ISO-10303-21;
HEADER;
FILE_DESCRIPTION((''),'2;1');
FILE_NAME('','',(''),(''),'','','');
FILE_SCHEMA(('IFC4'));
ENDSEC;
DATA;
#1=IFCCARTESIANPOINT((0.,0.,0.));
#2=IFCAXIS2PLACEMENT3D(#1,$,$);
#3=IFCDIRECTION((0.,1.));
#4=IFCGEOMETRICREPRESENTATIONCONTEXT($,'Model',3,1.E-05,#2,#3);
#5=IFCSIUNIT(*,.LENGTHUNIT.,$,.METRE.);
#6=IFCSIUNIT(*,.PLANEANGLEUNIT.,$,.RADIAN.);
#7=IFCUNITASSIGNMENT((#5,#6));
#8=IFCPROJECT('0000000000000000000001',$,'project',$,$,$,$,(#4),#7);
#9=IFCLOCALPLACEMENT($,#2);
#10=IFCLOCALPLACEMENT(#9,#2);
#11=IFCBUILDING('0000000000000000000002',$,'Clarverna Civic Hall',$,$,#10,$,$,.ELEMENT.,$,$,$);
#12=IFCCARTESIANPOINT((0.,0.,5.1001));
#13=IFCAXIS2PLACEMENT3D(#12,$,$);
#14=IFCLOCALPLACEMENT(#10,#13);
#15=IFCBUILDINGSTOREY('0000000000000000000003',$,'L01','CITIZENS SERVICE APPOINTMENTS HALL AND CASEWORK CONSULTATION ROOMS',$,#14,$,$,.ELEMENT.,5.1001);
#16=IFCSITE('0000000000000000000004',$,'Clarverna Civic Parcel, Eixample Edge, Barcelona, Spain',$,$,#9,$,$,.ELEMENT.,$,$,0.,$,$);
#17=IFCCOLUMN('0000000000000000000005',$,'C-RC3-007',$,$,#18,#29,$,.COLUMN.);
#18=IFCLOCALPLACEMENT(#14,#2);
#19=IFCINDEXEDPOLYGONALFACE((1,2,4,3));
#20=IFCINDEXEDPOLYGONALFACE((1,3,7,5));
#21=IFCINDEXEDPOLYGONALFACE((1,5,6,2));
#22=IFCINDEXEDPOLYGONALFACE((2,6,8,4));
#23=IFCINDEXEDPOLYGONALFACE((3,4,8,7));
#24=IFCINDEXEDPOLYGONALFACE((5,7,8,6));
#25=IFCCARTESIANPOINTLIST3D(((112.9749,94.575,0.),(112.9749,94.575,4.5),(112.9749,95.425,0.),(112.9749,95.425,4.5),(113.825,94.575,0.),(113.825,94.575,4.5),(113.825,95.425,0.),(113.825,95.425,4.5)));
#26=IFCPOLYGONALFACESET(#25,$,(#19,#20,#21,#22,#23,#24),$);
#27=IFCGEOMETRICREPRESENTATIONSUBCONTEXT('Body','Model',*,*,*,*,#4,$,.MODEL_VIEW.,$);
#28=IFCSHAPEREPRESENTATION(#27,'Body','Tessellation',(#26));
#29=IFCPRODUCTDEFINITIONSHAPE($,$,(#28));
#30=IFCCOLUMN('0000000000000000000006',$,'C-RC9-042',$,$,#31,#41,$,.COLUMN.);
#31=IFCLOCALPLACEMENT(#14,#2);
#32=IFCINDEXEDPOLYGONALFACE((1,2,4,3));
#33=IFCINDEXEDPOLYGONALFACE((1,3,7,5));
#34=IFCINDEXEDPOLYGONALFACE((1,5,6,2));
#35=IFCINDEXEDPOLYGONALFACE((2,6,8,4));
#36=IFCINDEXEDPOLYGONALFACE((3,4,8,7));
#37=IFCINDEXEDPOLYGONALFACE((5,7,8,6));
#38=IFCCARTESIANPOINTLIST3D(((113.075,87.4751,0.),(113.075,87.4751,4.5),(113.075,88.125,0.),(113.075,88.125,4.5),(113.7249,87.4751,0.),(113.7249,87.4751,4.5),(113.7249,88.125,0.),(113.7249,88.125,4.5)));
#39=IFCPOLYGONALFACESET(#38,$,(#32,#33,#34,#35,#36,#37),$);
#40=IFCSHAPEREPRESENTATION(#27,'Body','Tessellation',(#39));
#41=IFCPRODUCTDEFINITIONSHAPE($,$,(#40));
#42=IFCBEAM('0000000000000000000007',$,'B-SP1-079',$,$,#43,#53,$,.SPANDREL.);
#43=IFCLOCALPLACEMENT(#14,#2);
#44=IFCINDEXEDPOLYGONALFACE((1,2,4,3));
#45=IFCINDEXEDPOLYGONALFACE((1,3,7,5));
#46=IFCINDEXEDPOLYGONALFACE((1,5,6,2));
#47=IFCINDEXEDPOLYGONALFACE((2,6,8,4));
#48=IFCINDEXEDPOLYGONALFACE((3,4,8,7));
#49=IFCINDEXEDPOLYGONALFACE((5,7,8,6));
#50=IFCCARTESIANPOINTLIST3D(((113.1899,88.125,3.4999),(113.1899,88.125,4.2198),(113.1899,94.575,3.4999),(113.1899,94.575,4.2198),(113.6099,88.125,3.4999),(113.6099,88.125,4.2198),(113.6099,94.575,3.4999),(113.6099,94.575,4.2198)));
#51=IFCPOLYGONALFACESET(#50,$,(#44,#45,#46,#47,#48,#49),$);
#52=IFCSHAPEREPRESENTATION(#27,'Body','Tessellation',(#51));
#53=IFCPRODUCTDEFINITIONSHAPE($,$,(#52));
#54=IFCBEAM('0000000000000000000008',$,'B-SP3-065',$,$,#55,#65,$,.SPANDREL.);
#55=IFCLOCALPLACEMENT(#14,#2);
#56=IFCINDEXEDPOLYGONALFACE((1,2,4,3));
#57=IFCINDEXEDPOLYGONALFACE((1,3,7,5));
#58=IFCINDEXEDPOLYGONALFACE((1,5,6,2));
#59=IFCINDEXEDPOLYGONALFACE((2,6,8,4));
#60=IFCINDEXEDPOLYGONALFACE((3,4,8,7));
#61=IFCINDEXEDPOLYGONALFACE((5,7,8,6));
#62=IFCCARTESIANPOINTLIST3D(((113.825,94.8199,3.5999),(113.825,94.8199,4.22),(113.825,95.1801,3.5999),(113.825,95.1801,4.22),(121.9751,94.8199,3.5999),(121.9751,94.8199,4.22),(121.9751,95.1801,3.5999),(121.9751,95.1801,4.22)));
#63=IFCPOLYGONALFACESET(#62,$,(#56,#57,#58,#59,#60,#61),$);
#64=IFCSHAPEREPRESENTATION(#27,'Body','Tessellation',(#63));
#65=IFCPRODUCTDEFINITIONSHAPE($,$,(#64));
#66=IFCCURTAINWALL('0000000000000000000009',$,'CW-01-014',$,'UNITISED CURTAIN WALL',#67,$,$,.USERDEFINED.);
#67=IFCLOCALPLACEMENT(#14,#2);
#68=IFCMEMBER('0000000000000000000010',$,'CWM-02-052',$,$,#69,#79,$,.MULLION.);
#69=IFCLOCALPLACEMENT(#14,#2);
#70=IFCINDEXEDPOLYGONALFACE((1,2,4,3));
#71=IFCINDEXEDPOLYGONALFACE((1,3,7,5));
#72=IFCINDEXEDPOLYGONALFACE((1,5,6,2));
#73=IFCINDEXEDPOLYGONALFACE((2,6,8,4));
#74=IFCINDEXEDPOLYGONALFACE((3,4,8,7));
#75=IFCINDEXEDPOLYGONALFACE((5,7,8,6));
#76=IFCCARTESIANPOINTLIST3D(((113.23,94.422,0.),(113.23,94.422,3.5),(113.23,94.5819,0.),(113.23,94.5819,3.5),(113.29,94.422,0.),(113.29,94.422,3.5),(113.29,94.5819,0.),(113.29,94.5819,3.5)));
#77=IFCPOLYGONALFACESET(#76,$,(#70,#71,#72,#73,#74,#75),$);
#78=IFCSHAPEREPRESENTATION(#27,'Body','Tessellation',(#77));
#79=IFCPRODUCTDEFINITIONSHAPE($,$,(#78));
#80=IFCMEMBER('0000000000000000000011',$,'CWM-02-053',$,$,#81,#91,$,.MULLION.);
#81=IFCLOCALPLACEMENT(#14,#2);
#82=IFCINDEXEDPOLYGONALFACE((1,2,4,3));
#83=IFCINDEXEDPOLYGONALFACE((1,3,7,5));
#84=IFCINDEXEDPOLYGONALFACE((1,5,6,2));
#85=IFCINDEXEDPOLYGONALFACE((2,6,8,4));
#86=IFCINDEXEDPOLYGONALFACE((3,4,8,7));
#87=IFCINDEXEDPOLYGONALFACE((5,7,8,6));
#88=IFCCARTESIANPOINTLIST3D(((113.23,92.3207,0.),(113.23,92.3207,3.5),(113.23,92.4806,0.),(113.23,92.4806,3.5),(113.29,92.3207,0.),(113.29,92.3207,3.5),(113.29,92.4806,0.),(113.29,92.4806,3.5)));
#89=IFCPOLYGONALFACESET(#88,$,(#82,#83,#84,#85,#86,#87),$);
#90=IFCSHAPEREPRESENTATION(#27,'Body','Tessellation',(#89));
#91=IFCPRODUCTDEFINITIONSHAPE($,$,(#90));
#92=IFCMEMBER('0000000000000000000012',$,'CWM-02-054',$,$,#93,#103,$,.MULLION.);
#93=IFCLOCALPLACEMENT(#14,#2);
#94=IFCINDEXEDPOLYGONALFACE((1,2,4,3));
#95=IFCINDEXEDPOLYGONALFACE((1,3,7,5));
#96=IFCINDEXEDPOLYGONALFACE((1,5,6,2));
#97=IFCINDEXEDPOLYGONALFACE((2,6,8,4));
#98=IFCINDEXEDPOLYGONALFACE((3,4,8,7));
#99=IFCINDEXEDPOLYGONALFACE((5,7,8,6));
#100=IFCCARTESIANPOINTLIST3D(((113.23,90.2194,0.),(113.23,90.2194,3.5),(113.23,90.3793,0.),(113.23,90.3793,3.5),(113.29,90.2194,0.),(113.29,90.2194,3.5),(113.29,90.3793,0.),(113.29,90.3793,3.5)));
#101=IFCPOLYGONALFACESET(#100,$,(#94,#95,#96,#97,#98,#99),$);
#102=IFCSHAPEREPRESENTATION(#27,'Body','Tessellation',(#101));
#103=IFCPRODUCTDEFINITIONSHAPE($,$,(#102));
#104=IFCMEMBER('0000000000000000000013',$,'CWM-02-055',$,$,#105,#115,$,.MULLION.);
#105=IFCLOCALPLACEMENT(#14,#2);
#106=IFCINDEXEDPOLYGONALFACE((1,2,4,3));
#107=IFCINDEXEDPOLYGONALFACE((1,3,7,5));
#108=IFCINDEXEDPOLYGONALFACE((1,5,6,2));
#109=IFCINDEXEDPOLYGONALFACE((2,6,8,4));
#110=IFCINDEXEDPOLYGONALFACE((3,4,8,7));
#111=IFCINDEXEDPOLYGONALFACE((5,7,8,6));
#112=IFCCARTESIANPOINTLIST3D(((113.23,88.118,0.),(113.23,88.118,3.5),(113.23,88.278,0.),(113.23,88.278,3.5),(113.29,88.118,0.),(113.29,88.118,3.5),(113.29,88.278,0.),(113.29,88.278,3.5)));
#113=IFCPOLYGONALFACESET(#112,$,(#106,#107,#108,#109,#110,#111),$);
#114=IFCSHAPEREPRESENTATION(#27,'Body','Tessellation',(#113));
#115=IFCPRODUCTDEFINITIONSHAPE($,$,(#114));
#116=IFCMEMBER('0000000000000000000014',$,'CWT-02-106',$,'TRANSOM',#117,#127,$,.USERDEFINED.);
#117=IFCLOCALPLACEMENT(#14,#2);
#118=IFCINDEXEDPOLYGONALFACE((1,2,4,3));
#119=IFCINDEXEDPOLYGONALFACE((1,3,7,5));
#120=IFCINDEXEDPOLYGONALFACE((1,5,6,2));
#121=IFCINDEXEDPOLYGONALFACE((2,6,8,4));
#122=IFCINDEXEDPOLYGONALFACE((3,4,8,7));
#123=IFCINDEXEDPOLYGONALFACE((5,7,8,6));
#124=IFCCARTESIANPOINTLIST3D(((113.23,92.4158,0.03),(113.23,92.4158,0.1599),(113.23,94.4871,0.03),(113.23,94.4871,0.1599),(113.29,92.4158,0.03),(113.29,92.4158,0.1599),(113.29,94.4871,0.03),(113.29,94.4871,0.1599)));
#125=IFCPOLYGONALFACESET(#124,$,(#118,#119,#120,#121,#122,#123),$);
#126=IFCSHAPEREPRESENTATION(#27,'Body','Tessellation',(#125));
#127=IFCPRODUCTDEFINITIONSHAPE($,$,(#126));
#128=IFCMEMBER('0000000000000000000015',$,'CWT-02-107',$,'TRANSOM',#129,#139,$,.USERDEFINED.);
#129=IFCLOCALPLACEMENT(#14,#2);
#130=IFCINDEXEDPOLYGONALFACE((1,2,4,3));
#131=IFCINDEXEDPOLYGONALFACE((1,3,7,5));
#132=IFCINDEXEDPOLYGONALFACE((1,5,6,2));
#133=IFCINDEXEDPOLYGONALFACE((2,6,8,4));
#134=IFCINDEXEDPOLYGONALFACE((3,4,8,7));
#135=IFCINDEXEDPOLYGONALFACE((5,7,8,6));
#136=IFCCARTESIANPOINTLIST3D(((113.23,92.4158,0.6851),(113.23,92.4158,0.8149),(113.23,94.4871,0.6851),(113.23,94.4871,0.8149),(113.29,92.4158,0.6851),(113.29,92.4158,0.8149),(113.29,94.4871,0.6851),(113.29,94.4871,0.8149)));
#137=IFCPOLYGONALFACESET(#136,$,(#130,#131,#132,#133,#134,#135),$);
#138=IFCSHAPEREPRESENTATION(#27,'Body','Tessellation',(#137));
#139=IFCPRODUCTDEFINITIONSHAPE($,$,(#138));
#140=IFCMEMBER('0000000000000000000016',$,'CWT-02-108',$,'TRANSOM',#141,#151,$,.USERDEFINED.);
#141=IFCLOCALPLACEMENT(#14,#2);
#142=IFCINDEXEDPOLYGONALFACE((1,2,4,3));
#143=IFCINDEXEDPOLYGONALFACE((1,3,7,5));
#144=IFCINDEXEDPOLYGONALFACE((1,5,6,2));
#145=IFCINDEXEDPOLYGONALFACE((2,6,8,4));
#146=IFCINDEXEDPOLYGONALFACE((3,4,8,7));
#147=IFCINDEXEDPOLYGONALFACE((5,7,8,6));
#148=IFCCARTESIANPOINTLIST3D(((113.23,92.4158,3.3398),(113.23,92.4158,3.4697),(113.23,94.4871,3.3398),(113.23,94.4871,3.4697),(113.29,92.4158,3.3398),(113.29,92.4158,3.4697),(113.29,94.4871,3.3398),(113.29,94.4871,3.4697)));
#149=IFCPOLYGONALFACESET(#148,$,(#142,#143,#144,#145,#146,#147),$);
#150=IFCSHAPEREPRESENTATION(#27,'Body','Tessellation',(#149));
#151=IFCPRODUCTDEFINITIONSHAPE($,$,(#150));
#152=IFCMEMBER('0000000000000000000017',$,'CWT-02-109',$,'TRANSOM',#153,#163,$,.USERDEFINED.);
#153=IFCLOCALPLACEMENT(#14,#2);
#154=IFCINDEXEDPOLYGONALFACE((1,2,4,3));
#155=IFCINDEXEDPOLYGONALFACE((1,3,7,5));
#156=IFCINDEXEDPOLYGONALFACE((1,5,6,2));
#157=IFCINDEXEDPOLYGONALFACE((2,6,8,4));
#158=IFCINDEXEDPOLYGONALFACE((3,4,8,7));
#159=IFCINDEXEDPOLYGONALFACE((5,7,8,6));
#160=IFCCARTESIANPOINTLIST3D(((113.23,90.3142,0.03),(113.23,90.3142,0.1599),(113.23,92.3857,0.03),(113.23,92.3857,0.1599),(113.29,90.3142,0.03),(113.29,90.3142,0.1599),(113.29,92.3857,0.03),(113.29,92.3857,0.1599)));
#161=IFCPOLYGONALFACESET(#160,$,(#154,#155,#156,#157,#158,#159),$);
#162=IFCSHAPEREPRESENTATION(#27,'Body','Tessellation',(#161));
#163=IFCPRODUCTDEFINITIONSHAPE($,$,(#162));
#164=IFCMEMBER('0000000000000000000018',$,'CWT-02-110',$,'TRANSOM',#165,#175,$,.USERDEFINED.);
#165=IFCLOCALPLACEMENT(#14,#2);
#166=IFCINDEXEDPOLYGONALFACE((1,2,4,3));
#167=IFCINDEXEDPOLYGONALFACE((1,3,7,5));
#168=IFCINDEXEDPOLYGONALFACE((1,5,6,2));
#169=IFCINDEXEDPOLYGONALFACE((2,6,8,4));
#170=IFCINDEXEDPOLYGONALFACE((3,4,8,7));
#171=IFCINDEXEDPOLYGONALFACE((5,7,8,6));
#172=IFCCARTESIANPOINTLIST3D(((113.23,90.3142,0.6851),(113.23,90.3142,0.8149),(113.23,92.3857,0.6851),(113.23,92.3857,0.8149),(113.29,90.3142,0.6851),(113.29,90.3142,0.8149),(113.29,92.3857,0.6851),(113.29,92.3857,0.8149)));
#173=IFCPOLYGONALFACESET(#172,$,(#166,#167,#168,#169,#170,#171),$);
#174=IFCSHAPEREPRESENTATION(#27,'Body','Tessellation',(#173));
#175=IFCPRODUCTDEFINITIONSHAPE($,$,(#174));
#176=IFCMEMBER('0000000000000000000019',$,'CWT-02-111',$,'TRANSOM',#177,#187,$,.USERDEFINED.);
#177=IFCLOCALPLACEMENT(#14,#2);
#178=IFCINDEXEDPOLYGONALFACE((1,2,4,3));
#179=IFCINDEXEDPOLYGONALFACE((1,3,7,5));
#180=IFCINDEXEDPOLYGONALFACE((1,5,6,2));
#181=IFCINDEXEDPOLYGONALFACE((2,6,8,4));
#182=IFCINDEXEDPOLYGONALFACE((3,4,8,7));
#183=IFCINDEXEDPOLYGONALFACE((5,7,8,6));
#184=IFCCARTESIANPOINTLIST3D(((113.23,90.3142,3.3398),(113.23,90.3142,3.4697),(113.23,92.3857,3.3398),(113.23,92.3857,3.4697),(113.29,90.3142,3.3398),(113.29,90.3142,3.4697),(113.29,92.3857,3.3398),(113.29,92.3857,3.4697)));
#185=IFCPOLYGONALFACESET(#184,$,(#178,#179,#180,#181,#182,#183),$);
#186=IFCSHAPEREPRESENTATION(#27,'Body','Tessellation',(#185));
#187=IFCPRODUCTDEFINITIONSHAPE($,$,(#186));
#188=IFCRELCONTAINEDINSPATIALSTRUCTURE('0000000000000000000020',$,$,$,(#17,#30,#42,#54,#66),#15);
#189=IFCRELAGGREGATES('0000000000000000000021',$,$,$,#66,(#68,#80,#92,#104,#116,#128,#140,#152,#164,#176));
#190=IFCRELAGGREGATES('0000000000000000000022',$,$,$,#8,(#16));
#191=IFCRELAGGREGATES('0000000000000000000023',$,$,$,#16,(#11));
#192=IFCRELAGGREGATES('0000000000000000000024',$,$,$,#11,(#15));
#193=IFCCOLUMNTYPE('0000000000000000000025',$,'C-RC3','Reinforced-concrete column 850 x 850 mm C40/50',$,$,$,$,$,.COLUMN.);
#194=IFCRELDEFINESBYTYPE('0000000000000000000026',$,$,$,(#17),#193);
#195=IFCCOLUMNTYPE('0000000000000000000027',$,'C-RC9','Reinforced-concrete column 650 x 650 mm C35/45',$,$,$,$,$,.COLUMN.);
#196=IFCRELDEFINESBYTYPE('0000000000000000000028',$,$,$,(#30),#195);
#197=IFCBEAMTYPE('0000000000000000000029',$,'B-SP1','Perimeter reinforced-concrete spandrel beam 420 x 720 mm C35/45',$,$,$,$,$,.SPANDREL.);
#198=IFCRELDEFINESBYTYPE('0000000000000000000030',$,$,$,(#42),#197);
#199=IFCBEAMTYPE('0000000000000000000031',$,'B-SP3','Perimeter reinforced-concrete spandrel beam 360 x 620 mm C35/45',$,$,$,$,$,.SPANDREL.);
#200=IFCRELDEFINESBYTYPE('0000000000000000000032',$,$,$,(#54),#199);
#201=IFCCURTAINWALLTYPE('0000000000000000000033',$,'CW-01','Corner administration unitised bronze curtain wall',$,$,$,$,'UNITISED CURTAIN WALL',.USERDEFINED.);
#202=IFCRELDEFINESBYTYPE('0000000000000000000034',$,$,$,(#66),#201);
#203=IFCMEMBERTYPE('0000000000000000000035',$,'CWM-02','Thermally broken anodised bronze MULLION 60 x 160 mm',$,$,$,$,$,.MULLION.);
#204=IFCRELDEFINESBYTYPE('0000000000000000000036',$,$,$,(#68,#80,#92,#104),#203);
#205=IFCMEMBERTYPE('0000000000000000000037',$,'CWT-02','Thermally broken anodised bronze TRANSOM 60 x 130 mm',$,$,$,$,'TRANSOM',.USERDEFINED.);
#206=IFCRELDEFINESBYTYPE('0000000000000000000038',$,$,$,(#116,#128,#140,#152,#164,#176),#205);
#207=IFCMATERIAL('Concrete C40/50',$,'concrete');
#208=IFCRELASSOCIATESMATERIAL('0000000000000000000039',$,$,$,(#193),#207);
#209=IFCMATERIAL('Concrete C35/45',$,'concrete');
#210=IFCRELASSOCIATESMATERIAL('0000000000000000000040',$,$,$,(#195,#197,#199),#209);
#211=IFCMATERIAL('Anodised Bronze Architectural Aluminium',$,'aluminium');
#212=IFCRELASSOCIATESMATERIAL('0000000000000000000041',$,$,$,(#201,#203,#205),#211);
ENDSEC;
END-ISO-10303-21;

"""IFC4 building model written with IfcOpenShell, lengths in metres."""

from ifc_helpers import new_model, si_unit, direction, frame, origin, origin_2d, place, context, subcontext, project, spatial, rectangle, extrude, material, material_profile, profile_set, type_object, element, aggregate, save


model = new_model("IFC4")

# Units and contexts
model_context = context("Model", 3, precision=1e-05, world=origin(), true_north=direction((0.0, 1.0)))
body_context = subcontext(model_context, "Body", "Model", "MODEL_VIEW")
ifc_project = project(units=[si_unit("LENGTHUNIT", "METRE"), si_unit("PLANEANGLEUNIT", "RADIAN")], contexts=[model_context])

# Site, building, storey
site_placement = place(None, origin())
site = spatial("IfcSite", under=ifc_project, at=site_placement, Name="Clarverna Civic Parcel, Eixample Edge, Barcelona, Spain", CompositionType="ELEMENT", RefElevation=0.0)
building_placement = place(site_placement, origin())
building = spatial("IfcBuilding", under=site, at=building_placement, Name="Clarverna Civic Hall", CompositionType="ELEMENT")
storey_placement = place(building_placement, frame((0.0, 0.0, 5.1001)))
storey = spatial("IfcBuildingStorey", under=building, at=storey_placement, Name="L01", Description="CITIZENS SERVICE APPOINTMENTS HALL AND CASEWORK CONSULTATION ROOMS", CompositionType="ELEMENT", Elevation=5.1001)

# Columns
ifc_material_1 = material(Name="Concrete C40/50", Category="concrete")
ifc_material_profile_1 = material_profile(ifc_material_1, rectangle(XDim=0.8501, YDim=0.8501, at=origin_2d()), Name="RC 850x850")
ifc_profile_set_1 = profile_set([ifc_material_profile_1], Name="Concrete C40/50")
column_type_1 = type_object("IfcColumnType", Name="C-RC3", Description="Reinforced-concrete column 850 x 850 mm C40/50", PredefinedType="COLUMN", material=ifc_profile_set_1)
column_1_placement = place(storey_placement, frame((113.3999, 95.0, 0.0), z_axis=(0.0, 0.0, 1.0), x_axis=(1.0, 0.0, 0.0)))
element("IfcColumn", 1, at=column_1_placement, inside=storey, type_object=column_type_1, Name="C-RC3-007", PredefinedType="COLUMN", context=body_context, shape_type="SweptSolid", body=[
    extrude(rectangle(XDim=0.8501, YDim=0.8501, at=origin_2d()), origin(), (0.0, 0.0, 1.0), 4.5),
])
ifc_material_2 = material(Name="Concrete C35/45", Category="concrete")
ifc_material_profile_2 = material_profile(ifc_material_2, rectangle(XDim=0.6499, YDim=0.6499, at=origin_2d()), Name="RC 650x650")
ifc_profile_set_2 = profile_set([ifc_material_profile_2], Name="Concrete C35/45")
column_type_2 = type_object("IfcColumnType", Name="C-RC9", Description="Reinforced-concrete column 650 x 650 mm C35/45", PredefinedType="COLUMN", material=ifc_profile_set_2)
column_2_placement = place(storey_placement, frame((113.3999, 87.8, 0.0), z_axis=(0.0, 0.0, 1.0), x_axis=(1.0, 0.0, 0.0)))
element("IfcColumn", 2, at=column_2_placement, inside=storey, type_object=column_type_2, Name="C-RC9-042", PredefinedType="COLUMN", context=body_context, shape_type="SweptSolid", body=[
    extrude(rectangle(XDim=0.6499, YDim=0.6499, at=origin_2d()), origin(), (0.0, 0.0, 1.0), 4.5),
])

# Beams
ifc_material_profile_3 = material_profile(ifc_material_2, rectangle(XDim=0.4199, YDim=0.72, at=origin_2d()), Name="RC 420x720")
ifc_profile_set_3 = profile_set([ifc_material_profile_3], Name="Concrete C35/45")
beam_type_1 = type_object("IfcBeamType", Name="B-SP1", Description="Perimeter reinforced-concrete spandrel beam 420 x 720 mm C35/45", PredefinedType="SPANDREL", material=ifc_profile_set_3)
beam_1_placement = place(storey_placement, frame((113.3999, 88.125, 3.8599), z_axis=(0.0, 1.0, 0.0), x_axis=(-1.0, 0.0, 0.0)))
element("IfcBeam", 3, at=beam_1_placement, inside=storey, type_object=beam_type_1, Name="B-SP1-079", PredefinedType="SPANDREL", context=body_context, shape_type="SweptSolid", body=[
    extrude(rectangle(XDim=0.4199, YDim=0.72, at=origin_2d()), origin(), (0.0, 0.0, 1.0), 6.45),
])
ifc_material_profile_4 = material_profile(ifc_material_2, rectangle(XDim=0.3601, YDim=0.6201, at=origin_2d()), Name="RC 360x620")
ifc_profile_set_4 = profile_set([ifc_material_profile_4], Name="Concrete C35/45")
beam_type_2 = type_object("IfcBeamType", Name="B-SP3", Description="Perimeter reinforced-concrete spandrel beam 360 x 620 mm C35/45", PredefinedType="SPANDREL", material=ifc_profile_set_4)
beam_2_placement = place(storey_placement, frame((113.825, 95.0, 3.9099), z_axis=(1.0, 0.0, 0.0), x_axis=(0.0, 1.0, 0.0)))
element("IfcBeam", 4, at=beam_2_placement, inside=storey, type_object=beam_type_2, Name="B-SP3-065", PredefinedType="SPANDREL", context=body_context, shape_type="SweptSolid", body=[
    extrude(rectangle(XDim=0.3601, YDim=0.6201, at=origin_2d()), origin(), (0.0, 0.0, 1.0), 8.1501),
])

# Curtain wall, members
ifc_material_3 = material(Name="Anodised Bronze Architectural Aluminium", Category="aluminium")
curtain_wall_type = type_object("IfcCurtainWallType", Name="CW-01", Description="Corner administration unitised bronze curtain wall", ElementType="UNITISED CURTAIN WALL", PredefinedType="USERDEFINED", material=ifc_material_3)
curtain_wall_placement = place(storey_placement, origin())
curtain_wall = element("IfcCurtainWall", 5, at=curtain_wall_placement, inside=storey, type_object=curtain_wall_type, Name="CW-01-014", ObjectType="UNITISED CURTAIN WALL", PredefinedType="USERDEFINED")
ifc_material_profile_5 = material_profile(ifc_material_3, rectangle(XDim=0.0601, YDim=0.1599, at=origin_2d()), Name="BRONZE 60x160")
ifc_profile_set_5 = profile_set([ifc_material_profile_5], Name="Anodised Bronze Architectural Aluminium")
member_type_1 = type_object("IfcMemberType", Name="CWM-02", Description="Thermally broken anodised bronze MULLION 60 x 160 mm", PredefinedType="MULLION", material=ifc_profile_set_5)
member_1_placement = place(storey_placement, frame((113.26, 94.502, 0.0), z_axis=(0.0, 0.0, 1.0), x_axis=(1.0, 0.0, 0.0)))
member_1 = element("IfcMember", 6, at=member_1_placement, type_object=member_type_1, Name="CWM-02-052", PredefinedType="MULLION", context=body_context, shape_type="SweptSolid", body=[
    extrude(rectangle(XDim=0.0601, YDim=0.1599, at=origin_2d()), origin(), (0.0, 0.0, 1.0), 3.5),
])
member_2_placement = place(storey_placement, frame((113.26, 92.4006, 0.0), z_axis=(0.0, 0.0, 1.0), x_axis=(1.0, 0.0, 0.0)))
member_2 = element("IfcMember", 7, at=member_2_placement, type_object=member_type_1, Name="CWM-02-053", PredefinedType="MULLION", context=body_context, shape_type="SweptSolid", body=[
    extrude(rectangle(XDim=0.0601, YDim=0.1599, at=origin_2d()), origin(), (0.0, 0.0, 1.0), 3.5),
])
member_3_placement = place(storey_placement, frame((113.26, 90.2993, 0.0), z_axis=(0.0, 0.0, 1.0), x_axis=(1.0, 0.0, 0.0)))
member_3 = element("IfcMember", 8, at=member_3_placement, type_object=member_type_1, Name="CWM-02-054", PredefinedType="MULLION", context=body_context, shape_type="SweptSolid", body=[
    extrude(rectangle(XDim=0.0601, YDim=0.1599, at=origin_2d()), origin(), (0.0, 0.0, 1.0), 3.5),
])
member_4_placement = place(storey_placement, frame((113.26, 88.198, 0.0), z_axis=(0.0, 0.0, 1.0), x_axis=(1.0, 0.0, 0.0)))
member_4 = element("IfcMember", 9, at=member_4_placement, type_object=member_type_1, Name="CWM-02-055", PredefinedType="MULLION", context=body_context, shape_type="SweptSolid", body=[
    extrude(rectangle(XDim=0.0601, YDim=0.1599, at=origin_2d()), origin(), (0.0, 0.0, 1.0), 3.5),
])
ifc_material_profile_6 = material_profile(ifc_material_3, rectangle(XDim=0.0601, YDim=0.1299, at=origin_2d()), Name="BRONZE 60x130")
ifc_profile_set_6 = profile_set([ifc_material_profile_6], Name="Anodised Bronze Architectural Aluminium")
member_type_2 = type_object("IfcMemberType", Name="CWT-02", Description="Thermally broken anodised bronze TRANSOM 60 x 130 mm", ElementType="TRANSOM", PredefinedType="USERDEFINED", material=ifc_profile_set_6)
member_5_placement = place(storey_placement, frame((113.26, 94.4871, 0.095), z_axis=(0.0, -1.0, 0.0), x_axis=(1.0, 0.0, 0.0)))
member_5 = element("IfcMember", 10, at=member_5_placement, type_object=member_type_2, Name="CWT-02-106", ObjectType="TRANSOM", PredefinedType="USERDEFINED", context=body_context, shape_type="SweptSolid", body=[
    extrude(rectangle(XDim=0.0601, YDim=0.1299, at=origin_2d()), origin(), (0.0, 0.0, 1.0), 2.0713),
])
member_6_placement = place(storey_placement, frame((113.26, 94.4871, 0.75), z_axis=(0.0, -1.0, 0.0), x_axis=(1.0, 0.0, 0.0)))
member_6 = element("IfcMember", 11, at=member_6_placement, type_object=member_type_2, Name="CWT-02-107", ObjectType="TRANSOM", PredefinedType="USERDEFINED", context=body_context, shape_type="SweptSolid", body=[
    extrude(rectangle(XDim=0.0601, YDim=0.1299, at=origin_2d()), origin(), (0.0, 0.0, 1.0), 2.0713),
])
member_7_placement = place(storey_placement, frame((113.26, 94.4871, 3.4048), z_axis=(0.0, -1.0, 0.0), x_axis=(1.0, 0.0, 0.0)))
member_7 = element("IfcMember", 12, at=member_7_placement, type_object=member_type_2, Name="CWT-02-108", ObjectType="TRANSOM", PredefinedType="USERDEFINED", context=body_context, shape_type="SweptSolid", body=[
    extrude(rectangle(XDim=0.0601, YDim=0.1299, at=origin_2d()), origin(), (0.0, 0.0, 1.0), 2.0713),
])
member_8_placement = place(storey_placement, frame((113.26, 92.3857, 0.095), z_axis=(0.0, -1.0, 0.0), x_axis=(1.0, 0.0, 0.0)))
member_8 = element("IfcMember", 13, at=member_8_placement, type_object=member_type_2, Name="CWT-02-109", ObjectType="TRANSOM", PredefinedType="USERDEFINED", context=body_context, shape_type="SweptSolid", body=[
    extrude(rectangle(XDim=0.0601, YDim=0.1299, at=origin_2d()), origin(), (0.0, 0.0, 1.0), 2.0715),
])
member_9_placement = place(storey_placement, frame((113.26, 92.3857, 0.75), z_axis=(0.0, -1.0, 0.0), x_axis=(1.0, 0.0, 0.0)))
member_9 = element("IfcMember", 14, at=member_9_placement, type_object=member_type_2, Name="CWT-02-110", ObjectType="TRANSOM", PredefinedType="USERDEFINED", context=body_context, shape_type="SweptSolid", body=[
    extrude(rectangle(XDim=0.0601, YDim=0.1299, at=origin_2d()), origin(), (0.0, 0.0, 1.0), 2.0715),
])
member_10_placement = place(storey_placement, frame((113.26, 92.3857, 3.4048), z_axis=(0.0, -1.0, 0.0), x_axis=(1.0, 0.0, 0.0)))
member_10 = element("IfcMember", 15, at=member_10_placement, type_object=member_type_2, Name="CWT-02-111", ObjectType="TRANSOM", PredefinedType="USERDEFINED", context=body_context, shape_type="SweptSolid", body=[
    extrude(rectangle(XDim=0.0601, YDim=0.1299, at=origin_2d()), origin(), (0.0, 0.0, 1.0), 2.0715),
])

aggregate(curtain_wall, [member_1, member_2, member_3, member_4, member_5, member_6, member_7, member_8, member_9, member_10])

save(model, "model.ifc")
